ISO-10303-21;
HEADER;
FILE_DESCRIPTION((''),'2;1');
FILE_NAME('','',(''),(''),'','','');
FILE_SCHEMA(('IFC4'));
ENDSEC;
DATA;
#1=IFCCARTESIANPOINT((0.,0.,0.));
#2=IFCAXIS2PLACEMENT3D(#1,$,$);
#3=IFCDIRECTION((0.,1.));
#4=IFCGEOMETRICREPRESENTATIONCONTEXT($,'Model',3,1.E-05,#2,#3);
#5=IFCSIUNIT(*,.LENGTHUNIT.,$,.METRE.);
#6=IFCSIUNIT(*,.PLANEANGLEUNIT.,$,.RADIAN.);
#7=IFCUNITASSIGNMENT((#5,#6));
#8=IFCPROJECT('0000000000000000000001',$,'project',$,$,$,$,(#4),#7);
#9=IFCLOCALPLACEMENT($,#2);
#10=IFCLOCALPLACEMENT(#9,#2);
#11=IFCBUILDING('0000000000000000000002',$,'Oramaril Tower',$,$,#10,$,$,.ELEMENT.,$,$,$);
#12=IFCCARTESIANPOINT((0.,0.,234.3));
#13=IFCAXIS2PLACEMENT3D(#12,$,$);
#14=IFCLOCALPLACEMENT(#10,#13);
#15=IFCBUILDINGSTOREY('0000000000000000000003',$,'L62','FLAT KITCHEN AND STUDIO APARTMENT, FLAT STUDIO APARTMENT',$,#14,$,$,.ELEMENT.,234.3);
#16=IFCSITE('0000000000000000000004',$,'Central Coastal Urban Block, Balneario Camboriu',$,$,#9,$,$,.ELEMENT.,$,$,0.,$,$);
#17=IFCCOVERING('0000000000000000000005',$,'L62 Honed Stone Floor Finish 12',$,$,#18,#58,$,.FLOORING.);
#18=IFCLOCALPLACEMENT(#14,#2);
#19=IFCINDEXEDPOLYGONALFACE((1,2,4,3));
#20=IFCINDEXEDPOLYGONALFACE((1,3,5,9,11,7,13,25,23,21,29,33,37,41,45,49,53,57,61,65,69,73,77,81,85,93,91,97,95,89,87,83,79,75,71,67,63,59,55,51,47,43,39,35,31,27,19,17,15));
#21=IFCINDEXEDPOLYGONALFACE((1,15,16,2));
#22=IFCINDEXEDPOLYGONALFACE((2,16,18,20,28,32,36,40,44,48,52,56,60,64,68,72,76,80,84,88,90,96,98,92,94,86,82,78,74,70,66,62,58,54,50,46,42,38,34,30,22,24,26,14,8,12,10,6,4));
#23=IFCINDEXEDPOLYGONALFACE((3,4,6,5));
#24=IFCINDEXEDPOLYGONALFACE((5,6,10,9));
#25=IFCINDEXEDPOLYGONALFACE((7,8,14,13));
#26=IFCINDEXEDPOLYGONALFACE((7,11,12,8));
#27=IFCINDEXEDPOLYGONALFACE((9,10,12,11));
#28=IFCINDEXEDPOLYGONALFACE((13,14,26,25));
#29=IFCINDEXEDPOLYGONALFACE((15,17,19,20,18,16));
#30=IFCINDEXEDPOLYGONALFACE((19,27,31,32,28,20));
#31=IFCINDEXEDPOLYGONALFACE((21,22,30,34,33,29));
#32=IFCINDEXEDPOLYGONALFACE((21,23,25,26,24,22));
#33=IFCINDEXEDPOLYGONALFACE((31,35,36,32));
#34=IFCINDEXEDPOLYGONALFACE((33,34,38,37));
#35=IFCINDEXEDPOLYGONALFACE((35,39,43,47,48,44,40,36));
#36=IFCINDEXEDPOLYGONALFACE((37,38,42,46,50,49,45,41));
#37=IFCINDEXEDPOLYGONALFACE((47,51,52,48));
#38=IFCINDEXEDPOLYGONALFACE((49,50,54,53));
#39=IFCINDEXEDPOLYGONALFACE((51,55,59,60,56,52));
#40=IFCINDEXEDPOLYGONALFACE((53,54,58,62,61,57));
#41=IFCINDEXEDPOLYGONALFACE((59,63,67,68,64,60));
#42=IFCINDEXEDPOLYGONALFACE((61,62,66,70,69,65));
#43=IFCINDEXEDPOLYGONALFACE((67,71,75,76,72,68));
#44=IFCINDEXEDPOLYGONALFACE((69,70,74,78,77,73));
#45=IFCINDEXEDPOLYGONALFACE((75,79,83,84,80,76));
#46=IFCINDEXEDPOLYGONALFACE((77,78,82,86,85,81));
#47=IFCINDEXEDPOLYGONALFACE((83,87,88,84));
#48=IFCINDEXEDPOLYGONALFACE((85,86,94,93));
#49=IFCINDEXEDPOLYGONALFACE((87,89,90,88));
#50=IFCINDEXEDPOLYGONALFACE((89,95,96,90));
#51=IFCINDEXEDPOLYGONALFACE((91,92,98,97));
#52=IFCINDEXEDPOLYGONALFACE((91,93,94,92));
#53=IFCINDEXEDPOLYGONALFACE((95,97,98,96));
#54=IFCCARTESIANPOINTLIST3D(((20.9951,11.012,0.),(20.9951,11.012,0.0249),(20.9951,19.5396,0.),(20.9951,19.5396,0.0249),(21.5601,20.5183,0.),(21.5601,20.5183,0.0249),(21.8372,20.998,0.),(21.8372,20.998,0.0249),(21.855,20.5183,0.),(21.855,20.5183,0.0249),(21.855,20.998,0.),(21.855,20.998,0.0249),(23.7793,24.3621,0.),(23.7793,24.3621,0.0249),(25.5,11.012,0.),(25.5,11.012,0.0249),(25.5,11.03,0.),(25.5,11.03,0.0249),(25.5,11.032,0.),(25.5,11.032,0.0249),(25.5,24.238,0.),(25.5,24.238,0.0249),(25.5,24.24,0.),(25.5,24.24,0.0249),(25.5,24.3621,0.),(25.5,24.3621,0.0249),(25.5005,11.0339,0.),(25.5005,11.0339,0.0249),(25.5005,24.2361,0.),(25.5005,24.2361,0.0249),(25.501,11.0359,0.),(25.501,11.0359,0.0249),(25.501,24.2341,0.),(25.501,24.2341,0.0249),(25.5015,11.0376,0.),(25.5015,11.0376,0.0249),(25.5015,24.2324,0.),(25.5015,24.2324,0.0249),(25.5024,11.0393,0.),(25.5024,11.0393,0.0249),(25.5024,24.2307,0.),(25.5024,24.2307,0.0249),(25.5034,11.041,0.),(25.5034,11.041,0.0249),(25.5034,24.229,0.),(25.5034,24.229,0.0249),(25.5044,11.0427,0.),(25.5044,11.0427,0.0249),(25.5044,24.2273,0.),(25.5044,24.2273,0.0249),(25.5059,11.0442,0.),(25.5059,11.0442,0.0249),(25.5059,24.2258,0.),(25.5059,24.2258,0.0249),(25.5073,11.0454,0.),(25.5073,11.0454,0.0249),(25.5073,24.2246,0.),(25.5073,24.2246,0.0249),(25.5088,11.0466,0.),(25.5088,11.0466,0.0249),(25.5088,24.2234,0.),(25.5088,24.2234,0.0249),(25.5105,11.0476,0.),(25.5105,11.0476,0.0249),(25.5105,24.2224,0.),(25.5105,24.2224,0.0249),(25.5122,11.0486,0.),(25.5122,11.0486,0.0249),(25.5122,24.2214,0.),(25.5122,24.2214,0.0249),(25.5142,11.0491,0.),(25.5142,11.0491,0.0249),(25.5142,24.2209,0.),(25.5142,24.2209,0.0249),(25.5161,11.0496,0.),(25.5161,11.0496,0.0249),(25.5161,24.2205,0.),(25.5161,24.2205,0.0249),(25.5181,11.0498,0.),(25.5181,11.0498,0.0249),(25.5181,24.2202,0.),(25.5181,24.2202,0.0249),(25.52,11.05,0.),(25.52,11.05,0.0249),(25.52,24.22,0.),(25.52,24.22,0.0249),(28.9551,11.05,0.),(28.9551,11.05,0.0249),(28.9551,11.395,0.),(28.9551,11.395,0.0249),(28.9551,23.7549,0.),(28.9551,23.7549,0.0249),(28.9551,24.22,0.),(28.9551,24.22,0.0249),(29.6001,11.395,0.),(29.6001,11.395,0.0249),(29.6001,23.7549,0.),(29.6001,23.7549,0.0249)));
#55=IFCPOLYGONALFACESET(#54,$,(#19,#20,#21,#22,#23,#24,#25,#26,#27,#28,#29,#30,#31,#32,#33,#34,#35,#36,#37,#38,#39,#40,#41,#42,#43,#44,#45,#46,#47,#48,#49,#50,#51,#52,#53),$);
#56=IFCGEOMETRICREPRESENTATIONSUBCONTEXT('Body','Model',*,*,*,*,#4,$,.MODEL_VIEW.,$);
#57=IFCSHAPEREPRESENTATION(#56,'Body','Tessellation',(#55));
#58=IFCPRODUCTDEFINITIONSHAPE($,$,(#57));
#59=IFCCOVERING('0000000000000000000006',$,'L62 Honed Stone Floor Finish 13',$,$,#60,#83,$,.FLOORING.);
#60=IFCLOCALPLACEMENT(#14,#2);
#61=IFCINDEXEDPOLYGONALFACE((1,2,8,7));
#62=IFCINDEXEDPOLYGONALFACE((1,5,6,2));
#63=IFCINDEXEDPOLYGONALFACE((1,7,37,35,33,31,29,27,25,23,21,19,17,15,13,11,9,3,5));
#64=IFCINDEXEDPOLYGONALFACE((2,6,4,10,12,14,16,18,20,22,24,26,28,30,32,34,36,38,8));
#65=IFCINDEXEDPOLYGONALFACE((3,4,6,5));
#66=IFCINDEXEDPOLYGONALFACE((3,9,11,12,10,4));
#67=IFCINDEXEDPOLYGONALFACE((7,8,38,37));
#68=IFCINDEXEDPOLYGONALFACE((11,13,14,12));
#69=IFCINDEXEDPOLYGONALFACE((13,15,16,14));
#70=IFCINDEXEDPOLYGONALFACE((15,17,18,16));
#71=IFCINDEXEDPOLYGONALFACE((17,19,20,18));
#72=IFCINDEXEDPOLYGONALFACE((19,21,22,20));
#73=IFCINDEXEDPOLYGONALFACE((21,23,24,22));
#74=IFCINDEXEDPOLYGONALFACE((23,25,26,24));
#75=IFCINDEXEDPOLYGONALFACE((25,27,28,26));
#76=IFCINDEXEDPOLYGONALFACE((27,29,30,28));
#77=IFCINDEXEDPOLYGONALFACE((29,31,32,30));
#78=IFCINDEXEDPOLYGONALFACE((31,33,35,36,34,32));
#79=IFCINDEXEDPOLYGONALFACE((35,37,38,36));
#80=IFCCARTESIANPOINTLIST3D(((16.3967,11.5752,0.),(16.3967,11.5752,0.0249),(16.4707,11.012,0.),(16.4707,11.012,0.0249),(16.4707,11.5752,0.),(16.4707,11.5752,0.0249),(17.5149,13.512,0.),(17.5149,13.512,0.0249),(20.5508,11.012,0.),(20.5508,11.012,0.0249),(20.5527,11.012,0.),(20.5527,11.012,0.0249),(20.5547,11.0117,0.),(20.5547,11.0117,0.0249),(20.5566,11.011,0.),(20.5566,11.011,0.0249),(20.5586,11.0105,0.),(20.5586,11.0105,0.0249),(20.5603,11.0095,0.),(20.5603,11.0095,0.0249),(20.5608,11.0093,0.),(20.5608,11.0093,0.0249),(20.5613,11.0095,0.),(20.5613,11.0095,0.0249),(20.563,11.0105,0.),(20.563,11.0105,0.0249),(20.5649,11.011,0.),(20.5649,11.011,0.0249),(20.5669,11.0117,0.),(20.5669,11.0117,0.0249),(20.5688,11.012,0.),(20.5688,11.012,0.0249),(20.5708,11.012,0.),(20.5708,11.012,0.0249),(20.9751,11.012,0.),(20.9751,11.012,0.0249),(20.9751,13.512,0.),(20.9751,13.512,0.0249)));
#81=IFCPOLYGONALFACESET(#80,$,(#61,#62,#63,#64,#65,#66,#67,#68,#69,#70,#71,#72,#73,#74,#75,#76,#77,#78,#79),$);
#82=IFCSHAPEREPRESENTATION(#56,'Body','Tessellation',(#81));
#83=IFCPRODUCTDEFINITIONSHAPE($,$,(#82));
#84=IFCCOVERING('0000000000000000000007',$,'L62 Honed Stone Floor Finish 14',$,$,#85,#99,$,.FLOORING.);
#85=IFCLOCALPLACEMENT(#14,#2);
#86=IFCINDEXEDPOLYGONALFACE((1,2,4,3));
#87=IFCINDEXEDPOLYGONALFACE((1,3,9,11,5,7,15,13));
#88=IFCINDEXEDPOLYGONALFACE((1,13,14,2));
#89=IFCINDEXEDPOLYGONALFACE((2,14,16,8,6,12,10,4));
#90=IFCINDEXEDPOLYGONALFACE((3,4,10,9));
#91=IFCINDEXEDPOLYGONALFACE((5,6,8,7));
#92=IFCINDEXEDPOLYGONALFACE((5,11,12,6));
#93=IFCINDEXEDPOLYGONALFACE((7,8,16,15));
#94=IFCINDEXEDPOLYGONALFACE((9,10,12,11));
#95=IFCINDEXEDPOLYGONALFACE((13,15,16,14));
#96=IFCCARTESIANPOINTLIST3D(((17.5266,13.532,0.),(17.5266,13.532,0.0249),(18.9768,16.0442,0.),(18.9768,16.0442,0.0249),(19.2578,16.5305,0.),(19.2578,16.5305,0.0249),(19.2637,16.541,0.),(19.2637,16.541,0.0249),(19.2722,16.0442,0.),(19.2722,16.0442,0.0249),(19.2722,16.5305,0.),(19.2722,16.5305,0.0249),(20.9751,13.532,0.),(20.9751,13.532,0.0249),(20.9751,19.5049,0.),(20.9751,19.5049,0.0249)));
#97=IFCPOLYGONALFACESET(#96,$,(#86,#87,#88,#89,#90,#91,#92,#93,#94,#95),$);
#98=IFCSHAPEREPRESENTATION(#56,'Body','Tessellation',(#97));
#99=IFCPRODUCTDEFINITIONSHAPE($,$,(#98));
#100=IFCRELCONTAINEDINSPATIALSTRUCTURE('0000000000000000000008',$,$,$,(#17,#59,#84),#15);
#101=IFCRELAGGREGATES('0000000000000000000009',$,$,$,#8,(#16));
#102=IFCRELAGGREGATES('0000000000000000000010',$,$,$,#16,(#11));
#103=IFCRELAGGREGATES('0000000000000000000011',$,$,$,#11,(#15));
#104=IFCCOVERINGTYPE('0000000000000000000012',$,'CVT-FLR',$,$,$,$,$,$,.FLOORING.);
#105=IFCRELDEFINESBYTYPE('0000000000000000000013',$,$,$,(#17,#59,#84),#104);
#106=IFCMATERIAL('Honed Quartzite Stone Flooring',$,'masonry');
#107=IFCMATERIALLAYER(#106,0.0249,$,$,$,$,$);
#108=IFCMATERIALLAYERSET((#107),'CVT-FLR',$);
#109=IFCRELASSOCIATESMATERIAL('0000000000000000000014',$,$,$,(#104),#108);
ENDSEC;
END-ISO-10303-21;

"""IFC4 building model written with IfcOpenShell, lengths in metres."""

from ifc_helpers import new_model, si_unit, direction, frame, origin, place, context, subcontext, project, spatial, polyline, outline, extrude, material, layer, layer_set, type_object, element, save


model = new_model("IFC4")

# Units and contexts
model_context = context("Model", 3, precision=1e-05, world=origin(), true_north=direction((0.0, 1.0)))
body_context = subcontext(model_context, "Body", "Model", "MODEL_VIEW")
ifc_project = project(units=[si_unit("LENGTHUNIT", "METRE"), si_unit("PLANEANGLEUNIT", "RADIAN")], contexts=[model_context])

# Site, building, storey
site_placement = place(None, origin())
site = spatial("IfcSite", under=ifc_project, at=site_placement, Name="Central Coastal Urban Block, Balneario Camboriu", CompositionType="ELEMENT", RefElevation=0.0)
building_placement = place(site_placement, origin())
building = spatial("IfcBuilding", under=site, at=building_placement, Name="Oramaril Tower", CompositionType="ELEMENT")
storey_placement = place(building_placement, frame((0.0, 0.0, 234.3)))
storey = spatial("IfcBuildingStorey", under=building, at=storey_placement, Name="L62", Description="FLAT KITCHEN AND STUDIO APARTMENT, FLAT STUDIO APARTMENT", CompositionType="ELEMENT", Elevation=234.3)

# Coverings
ifc_material_1 = material(Name="Honed Quartzite Stone Flooring", Category="masonry")
ifc_layer_1 = layer(ifc_material_1, 0.0249)
ifc_layer_set_1 = layer_set([ifc_layer_1], Name="CVT-FLR")
covering_type_1 = type_object("IfcCoveringType", Name="CVT-FLR", PredefinedType="FLOORING", material=ifc_layer_set_1)
covering_1_placement = place(storey_placement, origin())
element("IfcCovering", 1, at=covering_1_placement, inside=storey, type_object=covering_type_1, Name="L62 Honed Stone Floor Finish 12", PredefinedType="FLOORING", context=body_context, shape_type="SweptSolid", body=[
    extrude(outline(polyline([(28.9551, 23.7549), (29.6001, 23.7549), (29.6001, 11.395), (28.9551, 11.395), (28.9551, 11.05), (25.52, 11.05), (25.5181, 11.0498), (25.5161, 11.0496), (25.5142, 11.0491), (25.5122, 11.0486), (25.5105, 11.0476), (25.5088, 11.0466), (25.5073, 11.0454), (25.5059, 11.0442), (25.5044, 11.0427), (25.5034, 11.041), (25.5024, 11.0393), (25.5015, 11.0376), (25.501, 11.0359), (25.5005, 11.0339), (25.5, 11.032), (25.5, 11.03), (25.5, 11.012), (20.9951, 11.012), (20.9951, 19.5396), (21.5601, 20.5183), (21.855, 20.5183), (21.855, 20.998), (21.8372, 20.998), (23.7793, 24.3621), (25.5, 24.3621), (25.5, 24.24), (25.5, 24.238), (25.5005, 24.2361), (25.501, 24.2341), (25.5015, 24.2324), (25.5024, 24.2307), (25.5034, 24.229), (25.5044, 24.2273), (25.5059, 24.2258), (25.5073, 24.2246), (25.5088, 24.2234), (25.5105, 24.2224), (25.5122, 24.2214), (25.5142, 24.2209), (25.5161, 24.2205), (25.5181, 24.2202), (25.52, 24.22), (28.9551, 24.22), (28.9551, 23.7549)])), origin(), (0.0, 0.0, 1.0), 0.0249),
])
covering_2_placement = place(storey_placement, origin())
element("IfcCovering", 2, at=covering_2_placement, inside=storey, type_object=covering_type_1, Name="L62 Honed Stone Floor Finish 13", PredefinedType="FLOORING", context=body_context, shape_type="SweptSolid", body=[
    extrude(outline(polyline([(16.4707, 11.5752), (16.3967, 11.5752), (17.5149, 13.512), (20.9751, 13.512), (20.9751, 11.012), (20.5708, 11.012), (20.5688, 11.012), (20.5669, 11.0117), (20.5649, 11.011), (20.563, 11.0105), (20.5613, 11.0095), (20.5608, 11.0093), (20.5603, 11.0095), (20.5586, 11.0105), (20.5566, 11.011), (20.5547, 11.0117), (20.5527, 11.012), (20.5508, 11.012), (16.4707, 11.012), (16.4707, 11.5752)])), origin(), (0.0, 0.0, 1.0), 0.0249),
])
covering_3_placement = place(storey_placement, origin())
element("IfcCovering", 3, at=covering_3_placement, inside=storey, type_object=covering_type_1, Name="L62 Honed Stone Floor Finish 14", PredefinedType="FLOORING", context=body_context, shape_type="SweptSolid", body=[
    extrude(outline(polyline([(19.2722, 16.0442), (19.2722, 16.5305), (19.2578, 16.5305), (19.2637, 16.541), (20.9751, 19.5049), (20.9751, 13.532), (17.5266, 13.532), (18.9768, 16.0442), (19.2722, 16.0442)])), origin(), (0.0, 0.0, 1.0), 0.0249),
])

save(model, "model.ifc")
